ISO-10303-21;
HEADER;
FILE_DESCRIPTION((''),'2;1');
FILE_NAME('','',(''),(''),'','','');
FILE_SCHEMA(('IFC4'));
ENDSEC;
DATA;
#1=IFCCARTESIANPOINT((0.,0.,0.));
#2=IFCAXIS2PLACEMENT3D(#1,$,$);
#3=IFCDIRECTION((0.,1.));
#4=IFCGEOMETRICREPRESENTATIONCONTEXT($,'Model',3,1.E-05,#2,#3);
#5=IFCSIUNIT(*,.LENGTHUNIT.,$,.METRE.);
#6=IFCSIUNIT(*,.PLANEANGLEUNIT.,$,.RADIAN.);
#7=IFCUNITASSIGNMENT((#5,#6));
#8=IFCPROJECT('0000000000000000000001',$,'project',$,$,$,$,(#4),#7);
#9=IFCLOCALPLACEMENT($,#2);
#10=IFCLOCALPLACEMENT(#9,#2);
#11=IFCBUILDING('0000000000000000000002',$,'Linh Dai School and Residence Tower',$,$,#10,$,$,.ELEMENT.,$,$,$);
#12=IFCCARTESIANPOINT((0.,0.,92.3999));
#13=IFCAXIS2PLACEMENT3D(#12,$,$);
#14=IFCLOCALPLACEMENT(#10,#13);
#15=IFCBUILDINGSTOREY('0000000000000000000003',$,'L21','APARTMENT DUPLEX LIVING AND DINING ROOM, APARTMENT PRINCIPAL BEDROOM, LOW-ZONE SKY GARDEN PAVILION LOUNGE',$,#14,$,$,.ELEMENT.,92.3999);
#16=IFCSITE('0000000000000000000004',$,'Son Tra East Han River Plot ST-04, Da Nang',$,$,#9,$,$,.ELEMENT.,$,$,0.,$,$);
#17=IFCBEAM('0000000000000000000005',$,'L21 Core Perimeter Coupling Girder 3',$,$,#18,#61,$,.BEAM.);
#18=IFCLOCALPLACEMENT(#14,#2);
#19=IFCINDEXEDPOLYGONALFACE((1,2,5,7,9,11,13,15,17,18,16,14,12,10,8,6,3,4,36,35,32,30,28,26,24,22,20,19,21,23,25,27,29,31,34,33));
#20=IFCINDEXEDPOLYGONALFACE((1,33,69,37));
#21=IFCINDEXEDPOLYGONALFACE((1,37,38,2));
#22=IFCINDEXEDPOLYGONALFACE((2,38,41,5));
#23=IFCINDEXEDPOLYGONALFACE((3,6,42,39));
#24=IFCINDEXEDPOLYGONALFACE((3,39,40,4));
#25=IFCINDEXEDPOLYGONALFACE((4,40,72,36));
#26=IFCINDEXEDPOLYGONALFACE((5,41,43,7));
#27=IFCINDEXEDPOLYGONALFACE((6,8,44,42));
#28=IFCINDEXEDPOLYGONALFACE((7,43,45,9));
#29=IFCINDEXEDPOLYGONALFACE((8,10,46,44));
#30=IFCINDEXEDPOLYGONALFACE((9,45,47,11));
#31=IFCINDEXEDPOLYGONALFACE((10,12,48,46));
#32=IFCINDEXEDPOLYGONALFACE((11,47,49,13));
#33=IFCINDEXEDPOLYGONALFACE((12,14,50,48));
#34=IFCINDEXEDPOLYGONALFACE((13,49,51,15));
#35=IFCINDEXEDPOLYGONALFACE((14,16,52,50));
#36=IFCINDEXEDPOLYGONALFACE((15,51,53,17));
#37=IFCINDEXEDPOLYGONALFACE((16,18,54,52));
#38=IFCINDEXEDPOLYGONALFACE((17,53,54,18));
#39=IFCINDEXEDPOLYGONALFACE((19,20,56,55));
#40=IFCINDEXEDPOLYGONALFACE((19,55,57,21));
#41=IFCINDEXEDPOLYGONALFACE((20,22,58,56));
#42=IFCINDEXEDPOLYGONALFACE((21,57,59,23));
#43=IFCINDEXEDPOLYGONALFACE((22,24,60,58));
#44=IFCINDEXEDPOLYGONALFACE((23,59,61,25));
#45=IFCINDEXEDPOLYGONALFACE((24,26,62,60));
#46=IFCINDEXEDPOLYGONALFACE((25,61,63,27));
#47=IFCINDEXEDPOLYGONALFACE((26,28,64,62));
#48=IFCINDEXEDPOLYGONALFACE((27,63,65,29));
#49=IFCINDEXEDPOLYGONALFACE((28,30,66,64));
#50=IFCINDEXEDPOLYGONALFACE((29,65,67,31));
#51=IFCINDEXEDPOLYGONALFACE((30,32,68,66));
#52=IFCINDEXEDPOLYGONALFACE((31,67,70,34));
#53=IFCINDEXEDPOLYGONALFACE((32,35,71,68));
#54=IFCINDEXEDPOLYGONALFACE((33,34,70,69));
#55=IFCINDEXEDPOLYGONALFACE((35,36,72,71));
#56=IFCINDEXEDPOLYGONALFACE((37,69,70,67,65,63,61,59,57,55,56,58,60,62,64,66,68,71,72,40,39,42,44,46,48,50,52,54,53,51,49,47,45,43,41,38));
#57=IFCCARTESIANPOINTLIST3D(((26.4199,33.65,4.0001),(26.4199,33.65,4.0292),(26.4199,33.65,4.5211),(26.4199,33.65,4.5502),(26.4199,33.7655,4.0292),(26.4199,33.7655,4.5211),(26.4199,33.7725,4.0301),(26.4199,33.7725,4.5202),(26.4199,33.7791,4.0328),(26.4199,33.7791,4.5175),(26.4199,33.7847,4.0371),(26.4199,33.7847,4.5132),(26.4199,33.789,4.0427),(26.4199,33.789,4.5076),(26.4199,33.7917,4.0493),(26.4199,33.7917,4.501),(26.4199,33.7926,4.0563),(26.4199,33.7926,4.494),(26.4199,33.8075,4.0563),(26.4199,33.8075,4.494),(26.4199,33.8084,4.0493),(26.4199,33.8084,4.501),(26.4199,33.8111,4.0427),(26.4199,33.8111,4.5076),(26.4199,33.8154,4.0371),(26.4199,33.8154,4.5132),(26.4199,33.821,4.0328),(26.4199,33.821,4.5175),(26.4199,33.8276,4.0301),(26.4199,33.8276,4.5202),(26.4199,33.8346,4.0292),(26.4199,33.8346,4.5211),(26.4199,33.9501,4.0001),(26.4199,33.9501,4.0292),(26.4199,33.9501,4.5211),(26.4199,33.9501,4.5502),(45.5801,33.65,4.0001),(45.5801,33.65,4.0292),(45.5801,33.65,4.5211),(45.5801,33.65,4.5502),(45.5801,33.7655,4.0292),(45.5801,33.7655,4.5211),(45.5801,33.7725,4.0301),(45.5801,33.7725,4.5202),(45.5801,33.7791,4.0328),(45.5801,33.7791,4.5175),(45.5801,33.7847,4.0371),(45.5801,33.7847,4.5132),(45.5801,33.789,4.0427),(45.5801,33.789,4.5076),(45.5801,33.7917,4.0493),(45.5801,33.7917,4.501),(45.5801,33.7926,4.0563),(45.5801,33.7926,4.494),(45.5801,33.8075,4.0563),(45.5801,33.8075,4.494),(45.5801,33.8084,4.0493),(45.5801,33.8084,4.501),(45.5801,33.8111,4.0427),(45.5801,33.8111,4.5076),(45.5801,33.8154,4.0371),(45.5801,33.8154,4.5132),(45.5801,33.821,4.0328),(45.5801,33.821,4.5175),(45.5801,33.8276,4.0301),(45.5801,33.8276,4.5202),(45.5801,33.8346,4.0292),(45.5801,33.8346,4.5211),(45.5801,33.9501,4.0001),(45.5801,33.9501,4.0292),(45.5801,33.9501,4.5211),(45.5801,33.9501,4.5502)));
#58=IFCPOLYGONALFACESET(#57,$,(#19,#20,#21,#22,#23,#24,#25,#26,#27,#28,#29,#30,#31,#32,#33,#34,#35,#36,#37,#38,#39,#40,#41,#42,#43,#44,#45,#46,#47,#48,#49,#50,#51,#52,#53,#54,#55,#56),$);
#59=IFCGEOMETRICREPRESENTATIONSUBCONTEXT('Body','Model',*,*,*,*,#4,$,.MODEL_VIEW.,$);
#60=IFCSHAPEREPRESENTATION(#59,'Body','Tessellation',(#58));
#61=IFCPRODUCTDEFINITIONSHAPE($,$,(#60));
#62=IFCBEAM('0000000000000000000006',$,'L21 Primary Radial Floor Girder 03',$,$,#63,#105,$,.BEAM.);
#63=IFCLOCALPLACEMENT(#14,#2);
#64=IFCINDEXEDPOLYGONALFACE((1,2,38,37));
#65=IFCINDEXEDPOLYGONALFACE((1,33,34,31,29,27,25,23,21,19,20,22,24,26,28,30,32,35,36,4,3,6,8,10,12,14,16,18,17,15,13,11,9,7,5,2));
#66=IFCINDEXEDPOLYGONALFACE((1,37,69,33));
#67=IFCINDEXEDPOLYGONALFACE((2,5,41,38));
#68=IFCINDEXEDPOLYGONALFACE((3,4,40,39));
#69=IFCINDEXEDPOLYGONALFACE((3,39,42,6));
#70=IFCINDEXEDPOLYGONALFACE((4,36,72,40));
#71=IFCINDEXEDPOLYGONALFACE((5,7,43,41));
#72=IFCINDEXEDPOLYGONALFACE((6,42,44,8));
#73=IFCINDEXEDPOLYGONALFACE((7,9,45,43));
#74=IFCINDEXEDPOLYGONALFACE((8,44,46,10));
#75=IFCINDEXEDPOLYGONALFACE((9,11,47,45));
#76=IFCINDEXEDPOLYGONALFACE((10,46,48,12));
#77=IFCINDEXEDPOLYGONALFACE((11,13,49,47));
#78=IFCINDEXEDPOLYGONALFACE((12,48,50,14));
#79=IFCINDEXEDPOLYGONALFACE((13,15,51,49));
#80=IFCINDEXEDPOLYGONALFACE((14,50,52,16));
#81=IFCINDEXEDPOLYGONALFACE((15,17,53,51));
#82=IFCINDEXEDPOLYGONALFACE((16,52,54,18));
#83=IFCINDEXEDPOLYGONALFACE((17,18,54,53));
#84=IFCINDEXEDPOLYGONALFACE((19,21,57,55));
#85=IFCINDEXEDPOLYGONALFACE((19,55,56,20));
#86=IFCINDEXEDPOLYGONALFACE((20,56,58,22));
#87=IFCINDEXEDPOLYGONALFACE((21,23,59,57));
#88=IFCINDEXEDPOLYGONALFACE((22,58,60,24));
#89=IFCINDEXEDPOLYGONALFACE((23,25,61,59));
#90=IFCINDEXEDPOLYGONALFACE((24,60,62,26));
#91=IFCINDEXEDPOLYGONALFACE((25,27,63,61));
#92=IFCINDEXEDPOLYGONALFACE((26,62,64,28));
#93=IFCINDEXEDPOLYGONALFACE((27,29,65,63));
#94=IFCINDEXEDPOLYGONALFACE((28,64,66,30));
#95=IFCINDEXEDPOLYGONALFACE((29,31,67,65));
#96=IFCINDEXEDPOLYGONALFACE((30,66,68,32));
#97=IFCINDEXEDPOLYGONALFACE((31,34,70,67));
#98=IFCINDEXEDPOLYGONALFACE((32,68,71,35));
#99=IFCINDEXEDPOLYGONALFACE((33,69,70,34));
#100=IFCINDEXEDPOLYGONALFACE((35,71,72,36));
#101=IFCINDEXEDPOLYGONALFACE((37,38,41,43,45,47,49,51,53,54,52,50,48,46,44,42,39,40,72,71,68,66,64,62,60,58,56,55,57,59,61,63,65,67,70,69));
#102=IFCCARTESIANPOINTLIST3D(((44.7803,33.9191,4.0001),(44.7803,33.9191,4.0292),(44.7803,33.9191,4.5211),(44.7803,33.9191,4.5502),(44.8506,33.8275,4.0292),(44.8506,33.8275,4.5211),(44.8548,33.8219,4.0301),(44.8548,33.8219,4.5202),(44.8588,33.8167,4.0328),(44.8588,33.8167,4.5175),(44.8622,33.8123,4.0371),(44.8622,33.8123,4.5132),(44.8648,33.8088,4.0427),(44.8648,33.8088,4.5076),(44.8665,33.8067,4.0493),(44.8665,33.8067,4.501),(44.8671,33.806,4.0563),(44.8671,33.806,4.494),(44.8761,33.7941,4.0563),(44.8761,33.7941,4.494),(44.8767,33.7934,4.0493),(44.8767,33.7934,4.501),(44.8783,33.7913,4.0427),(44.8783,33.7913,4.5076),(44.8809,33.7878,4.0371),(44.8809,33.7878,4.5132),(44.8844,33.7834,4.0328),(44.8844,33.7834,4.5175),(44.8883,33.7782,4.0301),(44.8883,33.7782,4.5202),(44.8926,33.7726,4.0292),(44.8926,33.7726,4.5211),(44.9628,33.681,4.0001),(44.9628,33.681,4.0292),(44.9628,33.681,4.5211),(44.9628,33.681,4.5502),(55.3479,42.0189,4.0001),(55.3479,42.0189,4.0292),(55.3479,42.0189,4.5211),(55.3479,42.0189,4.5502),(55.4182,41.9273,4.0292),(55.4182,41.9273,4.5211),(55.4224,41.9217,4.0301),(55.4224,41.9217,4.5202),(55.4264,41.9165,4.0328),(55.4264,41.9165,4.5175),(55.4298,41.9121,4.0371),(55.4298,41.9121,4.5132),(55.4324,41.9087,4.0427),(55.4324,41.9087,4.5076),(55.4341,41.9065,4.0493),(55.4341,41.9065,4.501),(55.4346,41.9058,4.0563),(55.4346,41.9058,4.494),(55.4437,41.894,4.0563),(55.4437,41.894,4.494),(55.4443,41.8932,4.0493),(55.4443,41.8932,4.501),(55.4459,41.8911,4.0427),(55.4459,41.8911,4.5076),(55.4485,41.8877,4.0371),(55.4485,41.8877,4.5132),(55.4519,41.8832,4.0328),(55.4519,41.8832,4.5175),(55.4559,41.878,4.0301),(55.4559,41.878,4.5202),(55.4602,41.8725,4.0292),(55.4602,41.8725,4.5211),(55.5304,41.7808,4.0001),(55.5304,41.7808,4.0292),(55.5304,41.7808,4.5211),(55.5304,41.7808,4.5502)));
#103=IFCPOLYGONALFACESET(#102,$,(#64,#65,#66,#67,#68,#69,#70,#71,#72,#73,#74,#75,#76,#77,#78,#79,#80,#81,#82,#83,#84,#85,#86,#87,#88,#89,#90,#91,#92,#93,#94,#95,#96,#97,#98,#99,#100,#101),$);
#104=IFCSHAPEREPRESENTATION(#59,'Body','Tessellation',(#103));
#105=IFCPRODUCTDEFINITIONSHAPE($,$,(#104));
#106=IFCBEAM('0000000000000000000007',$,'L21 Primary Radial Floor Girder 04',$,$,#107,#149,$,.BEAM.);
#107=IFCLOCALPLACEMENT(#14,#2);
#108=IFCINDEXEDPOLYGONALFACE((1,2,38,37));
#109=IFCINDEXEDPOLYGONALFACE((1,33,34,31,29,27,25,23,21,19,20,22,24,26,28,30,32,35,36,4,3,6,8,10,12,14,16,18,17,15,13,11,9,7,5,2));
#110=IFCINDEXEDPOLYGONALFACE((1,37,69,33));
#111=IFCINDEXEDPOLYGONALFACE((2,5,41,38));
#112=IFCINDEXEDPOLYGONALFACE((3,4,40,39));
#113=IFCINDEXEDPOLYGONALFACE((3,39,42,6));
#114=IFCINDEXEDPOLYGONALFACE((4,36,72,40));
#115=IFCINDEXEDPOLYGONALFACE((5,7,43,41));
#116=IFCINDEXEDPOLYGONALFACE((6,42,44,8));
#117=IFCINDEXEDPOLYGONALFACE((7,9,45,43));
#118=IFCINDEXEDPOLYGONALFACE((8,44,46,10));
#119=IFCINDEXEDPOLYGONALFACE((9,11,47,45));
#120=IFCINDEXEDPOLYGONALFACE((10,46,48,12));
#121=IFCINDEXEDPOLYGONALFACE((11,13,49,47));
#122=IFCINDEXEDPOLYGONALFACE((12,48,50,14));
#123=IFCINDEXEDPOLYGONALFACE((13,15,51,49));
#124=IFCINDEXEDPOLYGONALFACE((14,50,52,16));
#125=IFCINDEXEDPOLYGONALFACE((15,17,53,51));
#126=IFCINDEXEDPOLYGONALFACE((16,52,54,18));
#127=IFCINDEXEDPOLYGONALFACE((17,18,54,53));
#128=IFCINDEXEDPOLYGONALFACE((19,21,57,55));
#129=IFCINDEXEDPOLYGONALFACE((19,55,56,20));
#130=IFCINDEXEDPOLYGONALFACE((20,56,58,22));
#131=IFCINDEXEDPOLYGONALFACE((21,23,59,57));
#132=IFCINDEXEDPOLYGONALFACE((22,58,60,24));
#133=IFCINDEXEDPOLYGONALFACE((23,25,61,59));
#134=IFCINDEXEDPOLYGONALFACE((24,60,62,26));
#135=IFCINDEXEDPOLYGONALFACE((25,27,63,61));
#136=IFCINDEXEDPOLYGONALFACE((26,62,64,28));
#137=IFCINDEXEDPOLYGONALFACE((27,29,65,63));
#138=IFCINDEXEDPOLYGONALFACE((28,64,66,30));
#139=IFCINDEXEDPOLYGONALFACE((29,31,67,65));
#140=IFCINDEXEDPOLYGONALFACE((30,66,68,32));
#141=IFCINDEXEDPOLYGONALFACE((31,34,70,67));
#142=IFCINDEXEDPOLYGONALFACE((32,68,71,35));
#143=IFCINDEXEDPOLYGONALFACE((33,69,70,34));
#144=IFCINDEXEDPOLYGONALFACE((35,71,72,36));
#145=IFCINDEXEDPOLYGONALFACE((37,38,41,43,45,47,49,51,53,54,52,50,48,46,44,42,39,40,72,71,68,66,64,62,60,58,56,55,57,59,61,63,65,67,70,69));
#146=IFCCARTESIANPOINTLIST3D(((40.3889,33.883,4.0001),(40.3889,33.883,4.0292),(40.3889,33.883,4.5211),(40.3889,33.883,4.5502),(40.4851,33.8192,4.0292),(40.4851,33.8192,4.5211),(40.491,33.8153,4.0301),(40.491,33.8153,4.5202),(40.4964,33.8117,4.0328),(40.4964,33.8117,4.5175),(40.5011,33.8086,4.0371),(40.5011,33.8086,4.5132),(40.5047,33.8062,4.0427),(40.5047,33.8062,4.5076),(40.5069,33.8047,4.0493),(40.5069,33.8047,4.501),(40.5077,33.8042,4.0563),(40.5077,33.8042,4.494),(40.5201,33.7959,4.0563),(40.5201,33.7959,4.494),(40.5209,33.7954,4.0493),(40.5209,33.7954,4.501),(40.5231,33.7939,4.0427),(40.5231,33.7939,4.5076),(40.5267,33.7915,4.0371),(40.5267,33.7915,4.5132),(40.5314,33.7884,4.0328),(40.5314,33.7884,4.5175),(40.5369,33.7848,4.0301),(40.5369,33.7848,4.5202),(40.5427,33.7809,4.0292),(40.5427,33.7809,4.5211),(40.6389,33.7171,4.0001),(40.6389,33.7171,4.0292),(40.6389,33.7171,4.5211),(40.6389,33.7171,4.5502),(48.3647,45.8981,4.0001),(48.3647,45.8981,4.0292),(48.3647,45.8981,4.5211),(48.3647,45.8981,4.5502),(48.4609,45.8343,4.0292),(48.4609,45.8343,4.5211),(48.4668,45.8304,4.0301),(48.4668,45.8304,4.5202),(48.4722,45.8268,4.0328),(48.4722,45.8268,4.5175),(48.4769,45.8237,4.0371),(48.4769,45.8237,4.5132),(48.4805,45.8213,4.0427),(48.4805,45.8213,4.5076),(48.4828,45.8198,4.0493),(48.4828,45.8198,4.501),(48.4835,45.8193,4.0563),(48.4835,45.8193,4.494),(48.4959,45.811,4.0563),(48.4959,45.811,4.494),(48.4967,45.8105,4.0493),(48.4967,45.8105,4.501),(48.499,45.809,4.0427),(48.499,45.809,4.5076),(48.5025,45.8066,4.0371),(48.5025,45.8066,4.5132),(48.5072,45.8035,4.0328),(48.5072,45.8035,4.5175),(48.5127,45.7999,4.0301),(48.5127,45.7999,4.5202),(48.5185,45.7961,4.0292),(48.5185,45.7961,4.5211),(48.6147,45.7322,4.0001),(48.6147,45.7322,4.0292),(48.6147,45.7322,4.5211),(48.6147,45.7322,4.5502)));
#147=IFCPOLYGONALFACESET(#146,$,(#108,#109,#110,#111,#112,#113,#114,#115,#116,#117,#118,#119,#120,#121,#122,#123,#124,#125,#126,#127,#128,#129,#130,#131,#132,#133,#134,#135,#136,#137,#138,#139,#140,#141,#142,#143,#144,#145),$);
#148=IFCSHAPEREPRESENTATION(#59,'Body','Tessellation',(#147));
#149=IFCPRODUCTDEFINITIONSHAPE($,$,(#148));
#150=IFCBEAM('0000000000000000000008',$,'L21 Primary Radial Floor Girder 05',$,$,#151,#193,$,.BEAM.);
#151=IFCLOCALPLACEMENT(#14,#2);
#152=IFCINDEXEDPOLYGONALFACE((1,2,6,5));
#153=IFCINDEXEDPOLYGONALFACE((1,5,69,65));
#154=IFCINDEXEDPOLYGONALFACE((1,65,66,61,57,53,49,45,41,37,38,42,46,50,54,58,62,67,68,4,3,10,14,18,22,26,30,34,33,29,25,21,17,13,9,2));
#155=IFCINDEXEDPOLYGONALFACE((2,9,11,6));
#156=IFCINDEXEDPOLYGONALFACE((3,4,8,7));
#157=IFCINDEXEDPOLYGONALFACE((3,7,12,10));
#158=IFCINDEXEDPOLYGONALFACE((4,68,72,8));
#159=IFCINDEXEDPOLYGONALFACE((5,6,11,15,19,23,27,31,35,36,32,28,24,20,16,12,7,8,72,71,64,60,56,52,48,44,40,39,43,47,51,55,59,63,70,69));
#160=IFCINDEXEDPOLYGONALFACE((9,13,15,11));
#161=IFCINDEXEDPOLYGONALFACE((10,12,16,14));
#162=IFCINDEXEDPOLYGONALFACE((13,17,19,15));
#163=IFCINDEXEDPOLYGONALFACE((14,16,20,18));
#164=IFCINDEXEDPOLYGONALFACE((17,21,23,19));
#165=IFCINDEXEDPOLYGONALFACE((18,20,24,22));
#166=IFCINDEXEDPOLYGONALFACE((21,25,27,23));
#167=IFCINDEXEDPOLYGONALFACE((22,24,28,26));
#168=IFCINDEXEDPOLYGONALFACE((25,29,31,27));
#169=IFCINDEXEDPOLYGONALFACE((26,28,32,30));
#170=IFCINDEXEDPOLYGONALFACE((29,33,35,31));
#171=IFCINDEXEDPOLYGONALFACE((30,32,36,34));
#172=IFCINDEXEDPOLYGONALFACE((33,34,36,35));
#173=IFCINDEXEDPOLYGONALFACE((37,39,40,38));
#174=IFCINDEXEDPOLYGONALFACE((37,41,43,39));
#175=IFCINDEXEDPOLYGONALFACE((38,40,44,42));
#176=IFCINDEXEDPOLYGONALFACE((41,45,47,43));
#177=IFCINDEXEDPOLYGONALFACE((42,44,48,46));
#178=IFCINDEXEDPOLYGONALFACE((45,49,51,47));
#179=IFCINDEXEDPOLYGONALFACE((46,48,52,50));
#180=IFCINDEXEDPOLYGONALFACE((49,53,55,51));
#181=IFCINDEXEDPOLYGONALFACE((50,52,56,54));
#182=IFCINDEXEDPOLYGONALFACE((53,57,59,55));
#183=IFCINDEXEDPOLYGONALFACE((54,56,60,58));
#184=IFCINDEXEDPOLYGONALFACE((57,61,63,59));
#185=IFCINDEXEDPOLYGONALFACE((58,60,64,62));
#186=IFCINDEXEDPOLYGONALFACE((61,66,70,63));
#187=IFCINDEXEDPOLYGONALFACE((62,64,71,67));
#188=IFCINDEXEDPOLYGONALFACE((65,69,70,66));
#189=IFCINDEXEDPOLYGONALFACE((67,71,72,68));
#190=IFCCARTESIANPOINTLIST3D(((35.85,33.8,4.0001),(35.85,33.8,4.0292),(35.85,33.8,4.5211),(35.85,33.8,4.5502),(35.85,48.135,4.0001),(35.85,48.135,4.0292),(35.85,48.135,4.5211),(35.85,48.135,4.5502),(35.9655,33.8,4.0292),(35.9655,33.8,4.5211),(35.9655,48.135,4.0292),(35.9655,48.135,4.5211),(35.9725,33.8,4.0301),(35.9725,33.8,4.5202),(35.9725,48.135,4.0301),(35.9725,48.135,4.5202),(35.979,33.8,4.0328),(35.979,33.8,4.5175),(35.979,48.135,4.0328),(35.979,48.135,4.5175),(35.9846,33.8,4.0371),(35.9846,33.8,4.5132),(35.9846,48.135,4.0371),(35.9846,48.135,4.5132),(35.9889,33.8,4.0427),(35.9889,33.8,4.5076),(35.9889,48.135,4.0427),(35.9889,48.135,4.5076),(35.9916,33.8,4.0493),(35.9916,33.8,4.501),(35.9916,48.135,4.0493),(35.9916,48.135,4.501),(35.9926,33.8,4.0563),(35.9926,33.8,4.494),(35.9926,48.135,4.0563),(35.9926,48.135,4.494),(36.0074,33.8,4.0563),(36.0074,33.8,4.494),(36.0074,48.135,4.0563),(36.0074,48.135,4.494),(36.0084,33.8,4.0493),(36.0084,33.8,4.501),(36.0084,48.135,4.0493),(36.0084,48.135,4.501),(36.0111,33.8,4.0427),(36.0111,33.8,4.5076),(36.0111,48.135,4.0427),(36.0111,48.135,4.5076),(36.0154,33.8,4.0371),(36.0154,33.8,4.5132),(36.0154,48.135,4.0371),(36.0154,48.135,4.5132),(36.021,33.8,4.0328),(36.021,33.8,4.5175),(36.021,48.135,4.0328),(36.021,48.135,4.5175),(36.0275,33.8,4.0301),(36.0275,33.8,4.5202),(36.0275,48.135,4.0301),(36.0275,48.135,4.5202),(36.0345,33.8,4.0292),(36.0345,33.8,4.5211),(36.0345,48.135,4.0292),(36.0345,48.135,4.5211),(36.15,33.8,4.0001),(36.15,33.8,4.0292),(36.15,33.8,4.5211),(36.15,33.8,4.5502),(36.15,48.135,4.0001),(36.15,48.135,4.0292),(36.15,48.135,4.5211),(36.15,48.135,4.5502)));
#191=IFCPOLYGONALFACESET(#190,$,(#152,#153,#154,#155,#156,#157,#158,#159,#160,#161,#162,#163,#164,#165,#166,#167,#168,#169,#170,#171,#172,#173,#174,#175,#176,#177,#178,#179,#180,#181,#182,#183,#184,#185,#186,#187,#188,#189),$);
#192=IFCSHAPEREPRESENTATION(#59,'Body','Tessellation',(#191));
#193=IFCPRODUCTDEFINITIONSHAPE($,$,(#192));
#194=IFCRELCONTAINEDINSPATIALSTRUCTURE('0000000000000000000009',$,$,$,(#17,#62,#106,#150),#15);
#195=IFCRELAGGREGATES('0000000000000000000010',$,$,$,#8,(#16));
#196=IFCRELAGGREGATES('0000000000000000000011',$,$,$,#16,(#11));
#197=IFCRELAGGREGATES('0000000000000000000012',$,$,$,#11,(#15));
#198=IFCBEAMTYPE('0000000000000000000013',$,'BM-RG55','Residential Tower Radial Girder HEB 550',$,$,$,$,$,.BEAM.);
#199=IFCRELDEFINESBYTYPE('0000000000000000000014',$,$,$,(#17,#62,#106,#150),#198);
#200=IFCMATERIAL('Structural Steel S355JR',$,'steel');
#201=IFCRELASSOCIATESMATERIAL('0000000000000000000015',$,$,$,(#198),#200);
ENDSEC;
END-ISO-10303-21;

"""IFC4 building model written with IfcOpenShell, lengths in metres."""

from ifc_helpers import new_model, si_unit, direction, frame, origin, origin_2d, place, context, subcontext, project, spatial, i_section, extrude, material, material_profile, profile_set, type_object, element, save


model = new_model("IFC4")

# Units and contexts
model_context = context("Model", 3, precision=1e-05, world=origin(), true_north=direction((0.0, 1.0)))
body_context = subcontext(model_context, "Body", "Model", "MODEL_VIEW")
ifc_project = project(units=[si_unit("LENGTHUNIT", "METRE"), si_unit("PLANEANGLEUNIT", "RADIAN")], contexts=[model_context])

# Site, building, storey
site_placement = place(None, origin())
site = spatial("IfcSite", under=ifc_project, at=site_placement, Name="Son Tra East Han River Plot ST-04, Da Nang", CompositionType="ELEMENT", RefElevation=0.0)
building_placement = place(site_placement, origin())
building = spatial("IfcBuilding", under=site, at=building_placement, Name="Linh Dai School and Residence Tower", CompositionType="ELEMENT")
storey_placement = place(building_placement, frame((0.0, 0.0, 92.3999)))
storey = spatial("IfcBuildingStorey", under=building, at=storey_placement, Name="L21", Description="APARTMENT DUPLEX LIVING AND DINING ROOM, APARTMENT PRINCIPAL BEDROOM, LOW-ZONE SKY GARDEN PAVILION LOUNGE", CompositionType="ELEMENT", Elevation=92.3999)

# Shared definitions
ifc_material_1 = material(Name="Structural Steel S355JR", Category="steel")

# Beams
ifc_material_profile_1 = material_profile(ifc_material_1, i_section(OverallWidth=0.3, OverallDepth=0.55, WebThickness=0.0149, FlangeThickness=0.0291, FilletRadius=0.0271, at=origin_2d()), Name="HEB 550")
ifc_profile_set_1 = profile_set([ifc_material_profile_1], Name="Structural Steel S355JR")
beam_type_1 = type_object("IfcBeamType", Name="BM-RG55", Description="Residential Tower Radial Girder HEB 550", PredefinedType="BEAM", material=ifc_profile_set_1)
beam_1_placement = place(storey_placement, frame((45.5801, 33.8, 4.2751), z_axis=(-1.0, 0.0, 0.0), x_axis=(0.0, -1.0, 0.0)))
element("IfcBeam", 1, at=beam_1_placement, inside=storey, type_object=beam_type_1, Name="L21 Core Perimeter Coupling Girder 3", PredefinedType="BEAM", context=body_context, shape_type="SweptSolid", body=[
    extrude(i_section(OverallWidth=0.3, OverallDepth=0.55, WebThickness=0.0149, FlangeThickness=0.0291, FilletRadius=0.0271, at=origin_2d()), origin(), (0.0, 0.0, 1.0), 19.1602),
])
beam_2_placement = place(storey_placement, frame((44.8716, 33.8, 4.2751), z_axis=(0.793679, 0.608337, 0.0), x_axis=(-0.608337, 0.793679, 0.0)))
element("IfcBeam", 2, at=beam_2_placement, inside=storey, type_object=beam_type_1, Name="L21 Primary Radial Floor Girder 03", PredefinedType="BEAM", context=body_context, shape_type="SweptSolid", body=[
    extrude(i_section(OverallWidth=0.3, OverallDepth=0.55, WebThickness=0.0149, FlangeThickness=0.0291, FilletRadius=0.0271, at=origin_2d()), origin(), (0.0, 0.0, 1.0), 13.3147),
])
beam_3_placement = place(storey_placement, frame((40.5139, 33.8, 4.2751), z_axis=(0.553054, 0.833145, 0.0), x_axis=(-0.833145, 0.553054, 0.0)))
element("IfcBeam", 3, at=beam_3_placement, inside=storey, type_object=beam_type_1, Name="L21 Primary Radial Floor Girder 04", PredefinedType="BEAM", context=body_context, shape_type="SweptSolid", body=[
    extrude(i_section(OverallWidth=0.3, OverallDepth=0.55, WebThickness=0.0149, FlangeThickness=0.0291, FilletRadius=0.0271, at=origin_2d()), origin(), (0.0, 0.0, 1.0), 14.4214),
])
beam_4_placement = place(storey_placement, frame((36.0, 33.8, 4.2751), z_axis=(0.0, 1.0, 0.0), x_axis=(-1.0, 0.0, 0.0)))
element("IfcBeam", 4, at=beam_4_placement, inside=storey, type_object=beam_type_1, Name="L21 Primary Radial Floor Girder 05", PredefinedType="BEAM", context=body_context, shape_type="SweptSolid", body=[
    extrude(i_section(OverallWidth=0.3, OverallDepth=0.55, WebThickness=0.0149, FlangeThickness=0.0291, FilletRadius=0.0271, at=origin_2d()), origin(), (0.0, 0.0, 1.0), 14.335),
])

save(model, "model.ifc")
